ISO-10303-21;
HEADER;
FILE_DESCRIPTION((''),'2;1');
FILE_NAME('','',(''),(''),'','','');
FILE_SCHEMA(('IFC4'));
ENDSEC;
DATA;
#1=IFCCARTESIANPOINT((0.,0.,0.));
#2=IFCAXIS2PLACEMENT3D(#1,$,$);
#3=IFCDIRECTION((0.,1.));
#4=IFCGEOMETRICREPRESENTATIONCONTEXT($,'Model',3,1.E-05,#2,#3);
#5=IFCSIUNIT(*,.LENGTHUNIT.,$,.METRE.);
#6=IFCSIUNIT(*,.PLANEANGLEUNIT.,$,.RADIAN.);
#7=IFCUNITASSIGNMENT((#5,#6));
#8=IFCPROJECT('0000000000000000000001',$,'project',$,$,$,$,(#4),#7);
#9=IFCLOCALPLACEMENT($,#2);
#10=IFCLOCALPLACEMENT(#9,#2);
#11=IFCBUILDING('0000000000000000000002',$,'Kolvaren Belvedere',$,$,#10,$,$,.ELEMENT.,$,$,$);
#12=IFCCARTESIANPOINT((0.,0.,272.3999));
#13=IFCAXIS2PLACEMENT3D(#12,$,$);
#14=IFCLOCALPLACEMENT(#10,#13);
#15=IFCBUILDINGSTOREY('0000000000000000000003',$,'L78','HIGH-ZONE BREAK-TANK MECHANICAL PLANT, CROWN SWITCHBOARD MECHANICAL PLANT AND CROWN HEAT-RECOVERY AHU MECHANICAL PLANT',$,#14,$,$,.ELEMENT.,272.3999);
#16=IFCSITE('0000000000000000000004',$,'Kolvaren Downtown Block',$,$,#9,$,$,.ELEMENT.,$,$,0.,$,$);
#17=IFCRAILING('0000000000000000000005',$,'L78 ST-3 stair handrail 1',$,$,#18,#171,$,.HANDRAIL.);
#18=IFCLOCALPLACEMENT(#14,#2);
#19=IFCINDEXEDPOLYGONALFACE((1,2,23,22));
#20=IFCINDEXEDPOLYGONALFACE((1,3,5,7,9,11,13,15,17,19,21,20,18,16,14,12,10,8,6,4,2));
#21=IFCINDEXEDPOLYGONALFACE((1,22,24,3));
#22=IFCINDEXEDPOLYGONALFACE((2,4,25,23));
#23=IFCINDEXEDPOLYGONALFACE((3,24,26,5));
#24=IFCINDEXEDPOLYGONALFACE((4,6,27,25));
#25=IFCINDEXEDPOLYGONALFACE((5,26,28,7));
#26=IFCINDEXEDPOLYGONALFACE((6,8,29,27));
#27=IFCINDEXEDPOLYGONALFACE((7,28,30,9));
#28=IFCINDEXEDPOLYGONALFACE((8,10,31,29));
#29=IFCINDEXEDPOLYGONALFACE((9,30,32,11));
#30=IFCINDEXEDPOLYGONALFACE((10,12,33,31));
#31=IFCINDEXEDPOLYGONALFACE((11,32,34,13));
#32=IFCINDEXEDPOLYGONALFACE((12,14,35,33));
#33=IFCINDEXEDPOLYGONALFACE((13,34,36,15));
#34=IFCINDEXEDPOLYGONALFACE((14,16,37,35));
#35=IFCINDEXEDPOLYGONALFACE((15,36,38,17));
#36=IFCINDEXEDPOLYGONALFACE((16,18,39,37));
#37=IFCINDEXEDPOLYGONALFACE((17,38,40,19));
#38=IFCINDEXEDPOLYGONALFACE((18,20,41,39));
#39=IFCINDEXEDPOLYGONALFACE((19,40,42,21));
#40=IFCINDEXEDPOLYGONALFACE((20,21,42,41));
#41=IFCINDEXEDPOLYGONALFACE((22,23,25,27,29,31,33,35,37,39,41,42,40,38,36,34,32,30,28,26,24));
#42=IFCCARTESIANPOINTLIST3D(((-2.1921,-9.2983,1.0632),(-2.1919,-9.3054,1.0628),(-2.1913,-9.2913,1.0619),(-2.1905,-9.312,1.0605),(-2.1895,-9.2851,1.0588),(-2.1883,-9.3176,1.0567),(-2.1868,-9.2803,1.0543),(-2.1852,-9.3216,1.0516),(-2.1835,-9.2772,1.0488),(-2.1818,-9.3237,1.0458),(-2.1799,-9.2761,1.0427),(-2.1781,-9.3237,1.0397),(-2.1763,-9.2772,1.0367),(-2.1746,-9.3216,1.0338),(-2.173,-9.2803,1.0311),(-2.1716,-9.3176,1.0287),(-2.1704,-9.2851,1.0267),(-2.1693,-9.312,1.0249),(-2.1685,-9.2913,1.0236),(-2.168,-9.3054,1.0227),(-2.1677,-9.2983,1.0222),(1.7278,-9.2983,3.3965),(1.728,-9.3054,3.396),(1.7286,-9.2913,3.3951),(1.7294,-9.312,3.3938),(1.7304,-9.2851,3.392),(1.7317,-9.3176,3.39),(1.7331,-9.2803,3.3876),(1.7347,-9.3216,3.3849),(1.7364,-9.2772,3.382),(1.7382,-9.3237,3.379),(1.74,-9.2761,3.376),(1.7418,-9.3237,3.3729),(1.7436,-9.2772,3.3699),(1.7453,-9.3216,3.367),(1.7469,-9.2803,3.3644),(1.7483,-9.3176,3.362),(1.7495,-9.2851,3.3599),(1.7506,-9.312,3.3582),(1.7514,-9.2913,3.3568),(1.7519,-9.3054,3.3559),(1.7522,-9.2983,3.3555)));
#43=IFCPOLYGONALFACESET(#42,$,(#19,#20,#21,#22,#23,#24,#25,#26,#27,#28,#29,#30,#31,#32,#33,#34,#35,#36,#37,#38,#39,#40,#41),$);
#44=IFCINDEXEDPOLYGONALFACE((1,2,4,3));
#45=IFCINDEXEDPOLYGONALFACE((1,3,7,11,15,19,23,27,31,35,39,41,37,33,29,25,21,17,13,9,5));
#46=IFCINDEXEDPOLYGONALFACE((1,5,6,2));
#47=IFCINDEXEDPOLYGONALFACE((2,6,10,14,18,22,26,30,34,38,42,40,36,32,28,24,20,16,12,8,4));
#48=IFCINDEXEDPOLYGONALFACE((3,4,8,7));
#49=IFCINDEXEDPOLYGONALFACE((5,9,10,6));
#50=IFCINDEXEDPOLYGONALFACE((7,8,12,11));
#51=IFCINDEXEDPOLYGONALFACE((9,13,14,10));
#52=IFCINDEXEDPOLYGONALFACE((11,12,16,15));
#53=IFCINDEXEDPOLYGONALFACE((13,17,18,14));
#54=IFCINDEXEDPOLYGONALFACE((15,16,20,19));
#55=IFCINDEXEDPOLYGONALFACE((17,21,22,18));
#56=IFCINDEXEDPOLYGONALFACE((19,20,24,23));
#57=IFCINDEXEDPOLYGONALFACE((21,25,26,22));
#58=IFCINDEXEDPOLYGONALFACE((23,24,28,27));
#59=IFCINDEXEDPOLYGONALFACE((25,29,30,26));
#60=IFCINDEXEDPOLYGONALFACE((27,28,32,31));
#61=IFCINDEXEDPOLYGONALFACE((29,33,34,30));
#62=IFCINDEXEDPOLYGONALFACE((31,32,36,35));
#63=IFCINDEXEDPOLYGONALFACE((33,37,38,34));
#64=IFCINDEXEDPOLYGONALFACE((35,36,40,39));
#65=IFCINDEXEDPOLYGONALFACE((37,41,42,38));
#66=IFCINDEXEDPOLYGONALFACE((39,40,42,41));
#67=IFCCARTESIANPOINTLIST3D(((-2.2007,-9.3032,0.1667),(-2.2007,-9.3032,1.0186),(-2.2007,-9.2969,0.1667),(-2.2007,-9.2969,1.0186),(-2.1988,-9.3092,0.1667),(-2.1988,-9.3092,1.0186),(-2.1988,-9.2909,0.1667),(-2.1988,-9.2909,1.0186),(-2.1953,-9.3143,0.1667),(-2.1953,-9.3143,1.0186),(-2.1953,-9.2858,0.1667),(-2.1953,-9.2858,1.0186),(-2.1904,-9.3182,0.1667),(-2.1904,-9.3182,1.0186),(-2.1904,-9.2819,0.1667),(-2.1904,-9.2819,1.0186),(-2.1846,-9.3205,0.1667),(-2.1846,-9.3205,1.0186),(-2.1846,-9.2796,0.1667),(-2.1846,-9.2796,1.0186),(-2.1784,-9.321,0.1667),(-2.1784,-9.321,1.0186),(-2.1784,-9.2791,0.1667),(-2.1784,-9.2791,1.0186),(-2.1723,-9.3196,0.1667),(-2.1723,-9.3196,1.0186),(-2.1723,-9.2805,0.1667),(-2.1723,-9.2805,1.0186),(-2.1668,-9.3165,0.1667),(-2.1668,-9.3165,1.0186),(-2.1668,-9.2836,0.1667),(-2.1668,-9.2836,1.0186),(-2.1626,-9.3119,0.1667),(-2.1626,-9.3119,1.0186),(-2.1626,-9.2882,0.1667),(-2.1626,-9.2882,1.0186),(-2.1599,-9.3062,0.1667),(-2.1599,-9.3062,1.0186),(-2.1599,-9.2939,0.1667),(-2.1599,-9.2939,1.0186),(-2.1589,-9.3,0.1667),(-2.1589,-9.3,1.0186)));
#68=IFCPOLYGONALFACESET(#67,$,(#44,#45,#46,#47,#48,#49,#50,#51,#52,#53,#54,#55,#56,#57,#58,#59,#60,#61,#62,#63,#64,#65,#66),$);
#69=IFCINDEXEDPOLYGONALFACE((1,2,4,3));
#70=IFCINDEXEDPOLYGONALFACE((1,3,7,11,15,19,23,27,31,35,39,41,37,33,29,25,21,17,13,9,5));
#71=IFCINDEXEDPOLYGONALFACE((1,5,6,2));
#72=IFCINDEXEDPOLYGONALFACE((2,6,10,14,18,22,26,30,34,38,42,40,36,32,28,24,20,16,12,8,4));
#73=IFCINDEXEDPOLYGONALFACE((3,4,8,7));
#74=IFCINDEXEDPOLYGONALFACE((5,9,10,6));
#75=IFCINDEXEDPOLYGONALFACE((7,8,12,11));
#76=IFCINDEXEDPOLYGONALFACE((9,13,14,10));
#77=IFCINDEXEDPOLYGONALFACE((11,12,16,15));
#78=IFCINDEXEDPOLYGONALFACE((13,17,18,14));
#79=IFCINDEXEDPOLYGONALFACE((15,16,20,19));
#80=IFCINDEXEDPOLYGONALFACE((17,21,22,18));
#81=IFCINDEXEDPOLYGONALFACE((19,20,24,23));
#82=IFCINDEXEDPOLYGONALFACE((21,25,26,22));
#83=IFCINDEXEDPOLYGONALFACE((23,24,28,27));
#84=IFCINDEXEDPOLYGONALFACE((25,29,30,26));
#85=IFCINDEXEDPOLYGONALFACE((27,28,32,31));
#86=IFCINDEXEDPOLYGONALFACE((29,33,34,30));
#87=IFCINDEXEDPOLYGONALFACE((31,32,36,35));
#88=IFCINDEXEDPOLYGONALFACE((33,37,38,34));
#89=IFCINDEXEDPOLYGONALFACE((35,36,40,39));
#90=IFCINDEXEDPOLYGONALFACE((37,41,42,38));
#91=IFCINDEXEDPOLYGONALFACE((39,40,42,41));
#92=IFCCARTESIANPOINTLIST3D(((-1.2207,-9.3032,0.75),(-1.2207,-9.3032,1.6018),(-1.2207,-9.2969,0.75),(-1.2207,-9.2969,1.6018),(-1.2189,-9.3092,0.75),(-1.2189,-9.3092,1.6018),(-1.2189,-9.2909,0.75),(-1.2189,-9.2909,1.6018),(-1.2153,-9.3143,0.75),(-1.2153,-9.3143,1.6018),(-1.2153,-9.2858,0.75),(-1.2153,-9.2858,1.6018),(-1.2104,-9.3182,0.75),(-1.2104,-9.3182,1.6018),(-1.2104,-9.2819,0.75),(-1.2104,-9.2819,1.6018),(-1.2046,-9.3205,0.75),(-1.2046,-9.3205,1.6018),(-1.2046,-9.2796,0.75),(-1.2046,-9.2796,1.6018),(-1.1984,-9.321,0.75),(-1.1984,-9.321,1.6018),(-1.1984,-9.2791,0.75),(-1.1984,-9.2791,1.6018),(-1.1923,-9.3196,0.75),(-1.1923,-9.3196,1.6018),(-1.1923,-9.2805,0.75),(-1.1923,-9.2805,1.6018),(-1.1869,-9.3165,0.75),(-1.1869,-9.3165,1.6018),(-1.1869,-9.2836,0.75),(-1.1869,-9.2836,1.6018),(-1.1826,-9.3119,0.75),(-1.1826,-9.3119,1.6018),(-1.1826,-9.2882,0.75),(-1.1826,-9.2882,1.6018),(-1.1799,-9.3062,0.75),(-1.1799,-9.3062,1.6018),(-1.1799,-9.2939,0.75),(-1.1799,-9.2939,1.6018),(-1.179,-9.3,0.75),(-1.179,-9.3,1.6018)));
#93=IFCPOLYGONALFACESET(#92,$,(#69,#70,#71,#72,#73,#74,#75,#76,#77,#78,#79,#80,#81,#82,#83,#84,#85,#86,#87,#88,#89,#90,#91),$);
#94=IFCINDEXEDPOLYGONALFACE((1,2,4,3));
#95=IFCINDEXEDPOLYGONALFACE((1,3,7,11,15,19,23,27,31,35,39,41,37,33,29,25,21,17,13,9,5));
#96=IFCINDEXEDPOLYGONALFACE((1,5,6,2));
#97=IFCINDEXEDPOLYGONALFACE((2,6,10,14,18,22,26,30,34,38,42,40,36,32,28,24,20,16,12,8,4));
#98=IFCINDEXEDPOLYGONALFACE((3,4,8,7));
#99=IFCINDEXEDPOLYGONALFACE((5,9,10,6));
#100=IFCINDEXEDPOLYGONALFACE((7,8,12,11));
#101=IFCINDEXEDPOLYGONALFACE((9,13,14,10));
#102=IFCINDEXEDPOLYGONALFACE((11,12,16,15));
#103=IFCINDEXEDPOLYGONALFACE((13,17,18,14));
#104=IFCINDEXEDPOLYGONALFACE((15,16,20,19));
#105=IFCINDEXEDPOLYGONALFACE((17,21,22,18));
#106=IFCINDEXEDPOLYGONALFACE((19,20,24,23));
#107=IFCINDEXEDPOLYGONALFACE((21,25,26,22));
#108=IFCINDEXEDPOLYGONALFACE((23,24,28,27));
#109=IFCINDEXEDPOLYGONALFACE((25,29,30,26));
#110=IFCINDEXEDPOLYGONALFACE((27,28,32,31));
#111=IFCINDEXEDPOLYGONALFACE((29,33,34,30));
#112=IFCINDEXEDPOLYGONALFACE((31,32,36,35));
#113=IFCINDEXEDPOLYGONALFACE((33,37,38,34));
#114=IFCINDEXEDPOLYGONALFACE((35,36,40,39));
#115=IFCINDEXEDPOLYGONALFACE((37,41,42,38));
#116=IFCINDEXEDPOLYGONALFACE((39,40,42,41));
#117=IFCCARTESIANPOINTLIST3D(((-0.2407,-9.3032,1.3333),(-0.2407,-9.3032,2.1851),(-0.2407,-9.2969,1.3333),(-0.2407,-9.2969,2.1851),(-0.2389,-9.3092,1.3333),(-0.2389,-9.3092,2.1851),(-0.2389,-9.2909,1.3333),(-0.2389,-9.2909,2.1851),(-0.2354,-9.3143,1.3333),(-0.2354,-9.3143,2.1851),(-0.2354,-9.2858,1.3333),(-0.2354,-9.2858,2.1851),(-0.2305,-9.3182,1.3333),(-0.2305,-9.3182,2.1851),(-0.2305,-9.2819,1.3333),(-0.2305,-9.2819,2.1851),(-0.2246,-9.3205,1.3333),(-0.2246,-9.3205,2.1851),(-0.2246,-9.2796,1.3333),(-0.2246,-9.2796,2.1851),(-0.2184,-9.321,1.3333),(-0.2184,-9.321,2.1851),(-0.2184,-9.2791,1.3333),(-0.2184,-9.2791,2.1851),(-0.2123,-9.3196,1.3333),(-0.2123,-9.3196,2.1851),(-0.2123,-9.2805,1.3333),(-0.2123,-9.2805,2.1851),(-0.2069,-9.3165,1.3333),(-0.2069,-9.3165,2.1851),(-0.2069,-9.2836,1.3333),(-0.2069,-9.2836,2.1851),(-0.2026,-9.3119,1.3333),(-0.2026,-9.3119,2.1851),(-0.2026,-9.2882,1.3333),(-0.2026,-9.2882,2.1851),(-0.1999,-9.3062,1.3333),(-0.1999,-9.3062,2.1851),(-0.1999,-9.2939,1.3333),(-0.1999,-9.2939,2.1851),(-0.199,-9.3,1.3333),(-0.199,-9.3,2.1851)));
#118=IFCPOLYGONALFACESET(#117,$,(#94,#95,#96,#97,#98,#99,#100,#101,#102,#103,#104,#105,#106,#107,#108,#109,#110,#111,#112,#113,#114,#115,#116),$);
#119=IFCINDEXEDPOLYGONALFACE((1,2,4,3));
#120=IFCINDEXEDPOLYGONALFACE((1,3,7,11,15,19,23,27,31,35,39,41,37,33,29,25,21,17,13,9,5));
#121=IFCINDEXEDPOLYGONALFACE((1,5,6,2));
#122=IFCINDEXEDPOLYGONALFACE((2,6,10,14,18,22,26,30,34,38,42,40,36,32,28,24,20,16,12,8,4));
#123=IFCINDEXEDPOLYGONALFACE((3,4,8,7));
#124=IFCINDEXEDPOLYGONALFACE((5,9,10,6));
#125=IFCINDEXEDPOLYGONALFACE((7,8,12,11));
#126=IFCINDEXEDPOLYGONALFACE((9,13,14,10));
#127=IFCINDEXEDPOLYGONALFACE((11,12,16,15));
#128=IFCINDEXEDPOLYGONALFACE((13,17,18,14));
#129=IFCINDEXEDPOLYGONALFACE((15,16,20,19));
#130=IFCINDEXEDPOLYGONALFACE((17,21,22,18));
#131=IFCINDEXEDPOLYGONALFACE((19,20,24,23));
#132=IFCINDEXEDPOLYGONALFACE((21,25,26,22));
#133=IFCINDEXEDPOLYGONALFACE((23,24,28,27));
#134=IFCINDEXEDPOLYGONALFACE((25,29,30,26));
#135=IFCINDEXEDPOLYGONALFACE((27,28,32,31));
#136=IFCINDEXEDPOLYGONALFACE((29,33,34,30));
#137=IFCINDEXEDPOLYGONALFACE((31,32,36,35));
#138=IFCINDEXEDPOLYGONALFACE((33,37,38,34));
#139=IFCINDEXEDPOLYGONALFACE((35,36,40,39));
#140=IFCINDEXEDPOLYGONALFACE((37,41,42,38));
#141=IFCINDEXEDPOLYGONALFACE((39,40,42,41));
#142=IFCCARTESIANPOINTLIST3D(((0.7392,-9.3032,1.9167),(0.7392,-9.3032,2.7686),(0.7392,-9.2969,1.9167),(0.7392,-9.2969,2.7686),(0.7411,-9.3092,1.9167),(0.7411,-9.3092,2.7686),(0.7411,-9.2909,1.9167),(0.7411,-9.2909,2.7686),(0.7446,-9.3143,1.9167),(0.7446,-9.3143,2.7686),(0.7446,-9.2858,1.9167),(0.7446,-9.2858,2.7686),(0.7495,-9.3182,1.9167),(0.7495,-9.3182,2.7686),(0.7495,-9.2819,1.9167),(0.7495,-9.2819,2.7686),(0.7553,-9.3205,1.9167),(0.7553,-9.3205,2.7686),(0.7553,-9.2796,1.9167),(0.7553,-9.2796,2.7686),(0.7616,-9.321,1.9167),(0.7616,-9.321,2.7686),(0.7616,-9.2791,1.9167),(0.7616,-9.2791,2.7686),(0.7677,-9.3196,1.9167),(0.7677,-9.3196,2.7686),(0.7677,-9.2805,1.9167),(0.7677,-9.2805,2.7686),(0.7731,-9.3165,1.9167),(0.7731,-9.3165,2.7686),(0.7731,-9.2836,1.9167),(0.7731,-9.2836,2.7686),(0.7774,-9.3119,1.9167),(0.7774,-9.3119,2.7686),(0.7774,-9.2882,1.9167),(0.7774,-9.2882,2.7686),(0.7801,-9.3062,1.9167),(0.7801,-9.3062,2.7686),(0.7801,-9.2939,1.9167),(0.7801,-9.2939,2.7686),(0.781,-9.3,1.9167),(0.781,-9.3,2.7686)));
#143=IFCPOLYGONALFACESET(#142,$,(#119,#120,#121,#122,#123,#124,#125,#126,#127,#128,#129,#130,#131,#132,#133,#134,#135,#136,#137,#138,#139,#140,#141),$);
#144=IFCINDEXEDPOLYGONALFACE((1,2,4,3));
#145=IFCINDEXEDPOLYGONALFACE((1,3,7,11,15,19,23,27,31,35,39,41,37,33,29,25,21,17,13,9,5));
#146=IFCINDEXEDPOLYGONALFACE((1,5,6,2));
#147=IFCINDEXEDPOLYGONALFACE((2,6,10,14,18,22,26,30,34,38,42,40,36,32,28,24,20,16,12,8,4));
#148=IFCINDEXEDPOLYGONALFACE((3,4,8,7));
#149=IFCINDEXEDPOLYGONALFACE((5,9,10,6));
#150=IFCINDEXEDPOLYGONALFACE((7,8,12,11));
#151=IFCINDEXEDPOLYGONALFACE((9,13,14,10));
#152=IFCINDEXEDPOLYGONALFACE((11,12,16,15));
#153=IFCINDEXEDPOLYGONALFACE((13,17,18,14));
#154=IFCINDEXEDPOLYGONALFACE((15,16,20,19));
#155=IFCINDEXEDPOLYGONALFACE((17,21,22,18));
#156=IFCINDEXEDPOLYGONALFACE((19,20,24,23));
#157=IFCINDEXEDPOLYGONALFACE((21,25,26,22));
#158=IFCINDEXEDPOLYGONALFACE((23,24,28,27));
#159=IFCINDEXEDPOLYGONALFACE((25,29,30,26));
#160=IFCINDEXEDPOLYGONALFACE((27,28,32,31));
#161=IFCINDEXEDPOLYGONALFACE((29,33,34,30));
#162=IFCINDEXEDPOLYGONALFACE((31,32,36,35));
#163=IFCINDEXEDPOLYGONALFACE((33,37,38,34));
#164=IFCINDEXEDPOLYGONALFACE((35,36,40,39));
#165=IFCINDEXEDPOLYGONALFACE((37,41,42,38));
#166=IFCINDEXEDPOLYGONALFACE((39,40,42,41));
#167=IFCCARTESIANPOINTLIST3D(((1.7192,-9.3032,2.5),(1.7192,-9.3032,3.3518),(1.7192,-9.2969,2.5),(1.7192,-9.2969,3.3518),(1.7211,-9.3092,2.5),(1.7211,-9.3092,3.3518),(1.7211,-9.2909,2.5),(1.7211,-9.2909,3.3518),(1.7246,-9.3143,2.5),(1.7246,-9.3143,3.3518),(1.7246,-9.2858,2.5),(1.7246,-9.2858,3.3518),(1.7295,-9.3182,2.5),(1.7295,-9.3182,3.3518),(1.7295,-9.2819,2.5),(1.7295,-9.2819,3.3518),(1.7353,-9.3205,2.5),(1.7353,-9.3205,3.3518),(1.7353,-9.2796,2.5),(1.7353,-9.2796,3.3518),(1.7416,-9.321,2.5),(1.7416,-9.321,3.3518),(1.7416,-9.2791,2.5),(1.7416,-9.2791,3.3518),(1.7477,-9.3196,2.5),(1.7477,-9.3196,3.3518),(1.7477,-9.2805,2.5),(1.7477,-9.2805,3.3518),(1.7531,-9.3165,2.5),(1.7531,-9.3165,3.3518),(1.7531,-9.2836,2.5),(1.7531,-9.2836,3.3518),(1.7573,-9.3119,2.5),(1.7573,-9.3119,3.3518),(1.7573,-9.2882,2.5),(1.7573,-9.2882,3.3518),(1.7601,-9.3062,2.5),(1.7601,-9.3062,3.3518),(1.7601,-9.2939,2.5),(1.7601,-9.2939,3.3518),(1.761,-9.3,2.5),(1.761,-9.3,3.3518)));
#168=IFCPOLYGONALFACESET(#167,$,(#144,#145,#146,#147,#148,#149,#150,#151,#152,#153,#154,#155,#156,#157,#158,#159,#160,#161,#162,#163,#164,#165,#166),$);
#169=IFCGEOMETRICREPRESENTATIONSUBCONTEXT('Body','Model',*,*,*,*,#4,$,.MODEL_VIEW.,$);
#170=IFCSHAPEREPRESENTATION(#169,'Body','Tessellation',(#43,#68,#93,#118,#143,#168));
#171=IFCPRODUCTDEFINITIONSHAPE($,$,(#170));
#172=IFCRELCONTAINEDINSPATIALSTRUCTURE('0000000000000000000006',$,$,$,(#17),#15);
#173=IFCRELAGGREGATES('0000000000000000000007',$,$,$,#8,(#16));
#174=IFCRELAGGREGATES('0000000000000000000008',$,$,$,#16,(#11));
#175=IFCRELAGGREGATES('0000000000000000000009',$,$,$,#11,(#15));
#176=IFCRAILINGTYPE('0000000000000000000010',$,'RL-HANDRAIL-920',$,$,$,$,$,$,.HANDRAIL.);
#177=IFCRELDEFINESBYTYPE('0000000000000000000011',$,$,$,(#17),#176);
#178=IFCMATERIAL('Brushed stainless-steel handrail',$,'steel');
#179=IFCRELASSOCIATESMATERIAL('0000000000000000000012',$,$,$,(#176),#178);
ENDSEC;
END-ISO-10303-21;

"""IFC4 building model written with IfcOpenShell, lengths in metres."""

from ifc_helpers import new_model, si_unit, direction, frame, origin, origin_2d, place, context, subcontext, project, spatial, circle, extrude, material, type_object, element, save


model = new_model("IFC4")

# Units and contexts
model_context = context("Model", 3, precision=1e-05, world=origin(), true_north=direction((0.0, 1.0)))
body_context = subcontext(model_context, "Body", "Model", "MODEL_VIEW")
ifc_project = project(units=[si_unit("LENGTHUNIT", "METRE"), si_unit("PLANEANGLEUNIT", "RADIAN")], contexts=[model_context])

# Site, building, storey
site_placement = place(None, origin())
site = spatial("IfcSite", under=ifc_project, at=site_placement, Name="Kolvaren Downtown Block", CompositionType="ELEMENT", RefElevation=0.0)
building_placement = place(site_placement, origin())
building = spatial("IfcBuilding", under=site, at=building_placement, Name="Kolvaren Belvedere", CompositionType="ELEMENT")
storey_placement = place(building_placement, frame((0.0, 0.0, 272.3999)))
storey = spatial("IfcBuildingStorey", under=building, at=storey_placement, Name="L78", Description="HIGH-ZONE BREAK-TANK MECHANICAL PLANT, CROWN SWITCHBOARD MECHANICAL PLANT AND CROWN HEAT-RECOVERY AHU MECHANICAL PLANT", CompositionType="ELEMENT", Elevation=272.3999)

# Railing
ifc_material_1 = material(Name="Brushed stainless-steel handrail", Category="steel")
railing_type_1 = type_object("IfcRailingType", Name="RL-HANDRAIL-920", PredefinedType="HANDRAIL", material=ifc_material_1)
railing_1_placement = place(storey_placement, frame((-2.1799, -9.3, 0.1667)))
element("IfcRailing", 1, at=railing_1_placement, inside=storey, type_object=railing_type_1, Name="L78 ST-3 stair handrail 1", PredefinedType="HANDRAIL", context=body_context, shape_type="SweptSolid", body=[
    extrude(circle(Radius=0.0239, at=origin_2d()), frame((0.0, 0.0, 0.876), z_axis=(0.859296, 0.0, 0.511478), x_axis=(0.0, 1.0, 0.0)), (0.0, 0.0, 1.0), 4.5618),
    extrude(circle(Radius=0.021, at=origin_2d()), origin(), (0.0, 0.0, 1.0), 0.8518),
    extrude(circle(Radius=0.021, at=origin_2d()), frame((0.98, 0.0, 0.5833)), (0.0, 0.0, 1.0), 0.8518),
    extrude(circle(Radius=0.021, at=origin_2d()), frame((1.96, 0.0, 1.1665)), (0.0, 0.0, 1.0), 0.8518),
    extrude(circle(Radius=0.021, at=origin_2d()), frame((2.9399, 0.0, 1.75)), (0.0, 0.0, 1.0), 0.8518),
    extrude(circle(Radius=0.021, at=origin_2d()), frame((3.9199, 0.0, 2.3333)), (0.0, 0.0, 1.0), 0.8518),
])

save(model, "model.ifc")
